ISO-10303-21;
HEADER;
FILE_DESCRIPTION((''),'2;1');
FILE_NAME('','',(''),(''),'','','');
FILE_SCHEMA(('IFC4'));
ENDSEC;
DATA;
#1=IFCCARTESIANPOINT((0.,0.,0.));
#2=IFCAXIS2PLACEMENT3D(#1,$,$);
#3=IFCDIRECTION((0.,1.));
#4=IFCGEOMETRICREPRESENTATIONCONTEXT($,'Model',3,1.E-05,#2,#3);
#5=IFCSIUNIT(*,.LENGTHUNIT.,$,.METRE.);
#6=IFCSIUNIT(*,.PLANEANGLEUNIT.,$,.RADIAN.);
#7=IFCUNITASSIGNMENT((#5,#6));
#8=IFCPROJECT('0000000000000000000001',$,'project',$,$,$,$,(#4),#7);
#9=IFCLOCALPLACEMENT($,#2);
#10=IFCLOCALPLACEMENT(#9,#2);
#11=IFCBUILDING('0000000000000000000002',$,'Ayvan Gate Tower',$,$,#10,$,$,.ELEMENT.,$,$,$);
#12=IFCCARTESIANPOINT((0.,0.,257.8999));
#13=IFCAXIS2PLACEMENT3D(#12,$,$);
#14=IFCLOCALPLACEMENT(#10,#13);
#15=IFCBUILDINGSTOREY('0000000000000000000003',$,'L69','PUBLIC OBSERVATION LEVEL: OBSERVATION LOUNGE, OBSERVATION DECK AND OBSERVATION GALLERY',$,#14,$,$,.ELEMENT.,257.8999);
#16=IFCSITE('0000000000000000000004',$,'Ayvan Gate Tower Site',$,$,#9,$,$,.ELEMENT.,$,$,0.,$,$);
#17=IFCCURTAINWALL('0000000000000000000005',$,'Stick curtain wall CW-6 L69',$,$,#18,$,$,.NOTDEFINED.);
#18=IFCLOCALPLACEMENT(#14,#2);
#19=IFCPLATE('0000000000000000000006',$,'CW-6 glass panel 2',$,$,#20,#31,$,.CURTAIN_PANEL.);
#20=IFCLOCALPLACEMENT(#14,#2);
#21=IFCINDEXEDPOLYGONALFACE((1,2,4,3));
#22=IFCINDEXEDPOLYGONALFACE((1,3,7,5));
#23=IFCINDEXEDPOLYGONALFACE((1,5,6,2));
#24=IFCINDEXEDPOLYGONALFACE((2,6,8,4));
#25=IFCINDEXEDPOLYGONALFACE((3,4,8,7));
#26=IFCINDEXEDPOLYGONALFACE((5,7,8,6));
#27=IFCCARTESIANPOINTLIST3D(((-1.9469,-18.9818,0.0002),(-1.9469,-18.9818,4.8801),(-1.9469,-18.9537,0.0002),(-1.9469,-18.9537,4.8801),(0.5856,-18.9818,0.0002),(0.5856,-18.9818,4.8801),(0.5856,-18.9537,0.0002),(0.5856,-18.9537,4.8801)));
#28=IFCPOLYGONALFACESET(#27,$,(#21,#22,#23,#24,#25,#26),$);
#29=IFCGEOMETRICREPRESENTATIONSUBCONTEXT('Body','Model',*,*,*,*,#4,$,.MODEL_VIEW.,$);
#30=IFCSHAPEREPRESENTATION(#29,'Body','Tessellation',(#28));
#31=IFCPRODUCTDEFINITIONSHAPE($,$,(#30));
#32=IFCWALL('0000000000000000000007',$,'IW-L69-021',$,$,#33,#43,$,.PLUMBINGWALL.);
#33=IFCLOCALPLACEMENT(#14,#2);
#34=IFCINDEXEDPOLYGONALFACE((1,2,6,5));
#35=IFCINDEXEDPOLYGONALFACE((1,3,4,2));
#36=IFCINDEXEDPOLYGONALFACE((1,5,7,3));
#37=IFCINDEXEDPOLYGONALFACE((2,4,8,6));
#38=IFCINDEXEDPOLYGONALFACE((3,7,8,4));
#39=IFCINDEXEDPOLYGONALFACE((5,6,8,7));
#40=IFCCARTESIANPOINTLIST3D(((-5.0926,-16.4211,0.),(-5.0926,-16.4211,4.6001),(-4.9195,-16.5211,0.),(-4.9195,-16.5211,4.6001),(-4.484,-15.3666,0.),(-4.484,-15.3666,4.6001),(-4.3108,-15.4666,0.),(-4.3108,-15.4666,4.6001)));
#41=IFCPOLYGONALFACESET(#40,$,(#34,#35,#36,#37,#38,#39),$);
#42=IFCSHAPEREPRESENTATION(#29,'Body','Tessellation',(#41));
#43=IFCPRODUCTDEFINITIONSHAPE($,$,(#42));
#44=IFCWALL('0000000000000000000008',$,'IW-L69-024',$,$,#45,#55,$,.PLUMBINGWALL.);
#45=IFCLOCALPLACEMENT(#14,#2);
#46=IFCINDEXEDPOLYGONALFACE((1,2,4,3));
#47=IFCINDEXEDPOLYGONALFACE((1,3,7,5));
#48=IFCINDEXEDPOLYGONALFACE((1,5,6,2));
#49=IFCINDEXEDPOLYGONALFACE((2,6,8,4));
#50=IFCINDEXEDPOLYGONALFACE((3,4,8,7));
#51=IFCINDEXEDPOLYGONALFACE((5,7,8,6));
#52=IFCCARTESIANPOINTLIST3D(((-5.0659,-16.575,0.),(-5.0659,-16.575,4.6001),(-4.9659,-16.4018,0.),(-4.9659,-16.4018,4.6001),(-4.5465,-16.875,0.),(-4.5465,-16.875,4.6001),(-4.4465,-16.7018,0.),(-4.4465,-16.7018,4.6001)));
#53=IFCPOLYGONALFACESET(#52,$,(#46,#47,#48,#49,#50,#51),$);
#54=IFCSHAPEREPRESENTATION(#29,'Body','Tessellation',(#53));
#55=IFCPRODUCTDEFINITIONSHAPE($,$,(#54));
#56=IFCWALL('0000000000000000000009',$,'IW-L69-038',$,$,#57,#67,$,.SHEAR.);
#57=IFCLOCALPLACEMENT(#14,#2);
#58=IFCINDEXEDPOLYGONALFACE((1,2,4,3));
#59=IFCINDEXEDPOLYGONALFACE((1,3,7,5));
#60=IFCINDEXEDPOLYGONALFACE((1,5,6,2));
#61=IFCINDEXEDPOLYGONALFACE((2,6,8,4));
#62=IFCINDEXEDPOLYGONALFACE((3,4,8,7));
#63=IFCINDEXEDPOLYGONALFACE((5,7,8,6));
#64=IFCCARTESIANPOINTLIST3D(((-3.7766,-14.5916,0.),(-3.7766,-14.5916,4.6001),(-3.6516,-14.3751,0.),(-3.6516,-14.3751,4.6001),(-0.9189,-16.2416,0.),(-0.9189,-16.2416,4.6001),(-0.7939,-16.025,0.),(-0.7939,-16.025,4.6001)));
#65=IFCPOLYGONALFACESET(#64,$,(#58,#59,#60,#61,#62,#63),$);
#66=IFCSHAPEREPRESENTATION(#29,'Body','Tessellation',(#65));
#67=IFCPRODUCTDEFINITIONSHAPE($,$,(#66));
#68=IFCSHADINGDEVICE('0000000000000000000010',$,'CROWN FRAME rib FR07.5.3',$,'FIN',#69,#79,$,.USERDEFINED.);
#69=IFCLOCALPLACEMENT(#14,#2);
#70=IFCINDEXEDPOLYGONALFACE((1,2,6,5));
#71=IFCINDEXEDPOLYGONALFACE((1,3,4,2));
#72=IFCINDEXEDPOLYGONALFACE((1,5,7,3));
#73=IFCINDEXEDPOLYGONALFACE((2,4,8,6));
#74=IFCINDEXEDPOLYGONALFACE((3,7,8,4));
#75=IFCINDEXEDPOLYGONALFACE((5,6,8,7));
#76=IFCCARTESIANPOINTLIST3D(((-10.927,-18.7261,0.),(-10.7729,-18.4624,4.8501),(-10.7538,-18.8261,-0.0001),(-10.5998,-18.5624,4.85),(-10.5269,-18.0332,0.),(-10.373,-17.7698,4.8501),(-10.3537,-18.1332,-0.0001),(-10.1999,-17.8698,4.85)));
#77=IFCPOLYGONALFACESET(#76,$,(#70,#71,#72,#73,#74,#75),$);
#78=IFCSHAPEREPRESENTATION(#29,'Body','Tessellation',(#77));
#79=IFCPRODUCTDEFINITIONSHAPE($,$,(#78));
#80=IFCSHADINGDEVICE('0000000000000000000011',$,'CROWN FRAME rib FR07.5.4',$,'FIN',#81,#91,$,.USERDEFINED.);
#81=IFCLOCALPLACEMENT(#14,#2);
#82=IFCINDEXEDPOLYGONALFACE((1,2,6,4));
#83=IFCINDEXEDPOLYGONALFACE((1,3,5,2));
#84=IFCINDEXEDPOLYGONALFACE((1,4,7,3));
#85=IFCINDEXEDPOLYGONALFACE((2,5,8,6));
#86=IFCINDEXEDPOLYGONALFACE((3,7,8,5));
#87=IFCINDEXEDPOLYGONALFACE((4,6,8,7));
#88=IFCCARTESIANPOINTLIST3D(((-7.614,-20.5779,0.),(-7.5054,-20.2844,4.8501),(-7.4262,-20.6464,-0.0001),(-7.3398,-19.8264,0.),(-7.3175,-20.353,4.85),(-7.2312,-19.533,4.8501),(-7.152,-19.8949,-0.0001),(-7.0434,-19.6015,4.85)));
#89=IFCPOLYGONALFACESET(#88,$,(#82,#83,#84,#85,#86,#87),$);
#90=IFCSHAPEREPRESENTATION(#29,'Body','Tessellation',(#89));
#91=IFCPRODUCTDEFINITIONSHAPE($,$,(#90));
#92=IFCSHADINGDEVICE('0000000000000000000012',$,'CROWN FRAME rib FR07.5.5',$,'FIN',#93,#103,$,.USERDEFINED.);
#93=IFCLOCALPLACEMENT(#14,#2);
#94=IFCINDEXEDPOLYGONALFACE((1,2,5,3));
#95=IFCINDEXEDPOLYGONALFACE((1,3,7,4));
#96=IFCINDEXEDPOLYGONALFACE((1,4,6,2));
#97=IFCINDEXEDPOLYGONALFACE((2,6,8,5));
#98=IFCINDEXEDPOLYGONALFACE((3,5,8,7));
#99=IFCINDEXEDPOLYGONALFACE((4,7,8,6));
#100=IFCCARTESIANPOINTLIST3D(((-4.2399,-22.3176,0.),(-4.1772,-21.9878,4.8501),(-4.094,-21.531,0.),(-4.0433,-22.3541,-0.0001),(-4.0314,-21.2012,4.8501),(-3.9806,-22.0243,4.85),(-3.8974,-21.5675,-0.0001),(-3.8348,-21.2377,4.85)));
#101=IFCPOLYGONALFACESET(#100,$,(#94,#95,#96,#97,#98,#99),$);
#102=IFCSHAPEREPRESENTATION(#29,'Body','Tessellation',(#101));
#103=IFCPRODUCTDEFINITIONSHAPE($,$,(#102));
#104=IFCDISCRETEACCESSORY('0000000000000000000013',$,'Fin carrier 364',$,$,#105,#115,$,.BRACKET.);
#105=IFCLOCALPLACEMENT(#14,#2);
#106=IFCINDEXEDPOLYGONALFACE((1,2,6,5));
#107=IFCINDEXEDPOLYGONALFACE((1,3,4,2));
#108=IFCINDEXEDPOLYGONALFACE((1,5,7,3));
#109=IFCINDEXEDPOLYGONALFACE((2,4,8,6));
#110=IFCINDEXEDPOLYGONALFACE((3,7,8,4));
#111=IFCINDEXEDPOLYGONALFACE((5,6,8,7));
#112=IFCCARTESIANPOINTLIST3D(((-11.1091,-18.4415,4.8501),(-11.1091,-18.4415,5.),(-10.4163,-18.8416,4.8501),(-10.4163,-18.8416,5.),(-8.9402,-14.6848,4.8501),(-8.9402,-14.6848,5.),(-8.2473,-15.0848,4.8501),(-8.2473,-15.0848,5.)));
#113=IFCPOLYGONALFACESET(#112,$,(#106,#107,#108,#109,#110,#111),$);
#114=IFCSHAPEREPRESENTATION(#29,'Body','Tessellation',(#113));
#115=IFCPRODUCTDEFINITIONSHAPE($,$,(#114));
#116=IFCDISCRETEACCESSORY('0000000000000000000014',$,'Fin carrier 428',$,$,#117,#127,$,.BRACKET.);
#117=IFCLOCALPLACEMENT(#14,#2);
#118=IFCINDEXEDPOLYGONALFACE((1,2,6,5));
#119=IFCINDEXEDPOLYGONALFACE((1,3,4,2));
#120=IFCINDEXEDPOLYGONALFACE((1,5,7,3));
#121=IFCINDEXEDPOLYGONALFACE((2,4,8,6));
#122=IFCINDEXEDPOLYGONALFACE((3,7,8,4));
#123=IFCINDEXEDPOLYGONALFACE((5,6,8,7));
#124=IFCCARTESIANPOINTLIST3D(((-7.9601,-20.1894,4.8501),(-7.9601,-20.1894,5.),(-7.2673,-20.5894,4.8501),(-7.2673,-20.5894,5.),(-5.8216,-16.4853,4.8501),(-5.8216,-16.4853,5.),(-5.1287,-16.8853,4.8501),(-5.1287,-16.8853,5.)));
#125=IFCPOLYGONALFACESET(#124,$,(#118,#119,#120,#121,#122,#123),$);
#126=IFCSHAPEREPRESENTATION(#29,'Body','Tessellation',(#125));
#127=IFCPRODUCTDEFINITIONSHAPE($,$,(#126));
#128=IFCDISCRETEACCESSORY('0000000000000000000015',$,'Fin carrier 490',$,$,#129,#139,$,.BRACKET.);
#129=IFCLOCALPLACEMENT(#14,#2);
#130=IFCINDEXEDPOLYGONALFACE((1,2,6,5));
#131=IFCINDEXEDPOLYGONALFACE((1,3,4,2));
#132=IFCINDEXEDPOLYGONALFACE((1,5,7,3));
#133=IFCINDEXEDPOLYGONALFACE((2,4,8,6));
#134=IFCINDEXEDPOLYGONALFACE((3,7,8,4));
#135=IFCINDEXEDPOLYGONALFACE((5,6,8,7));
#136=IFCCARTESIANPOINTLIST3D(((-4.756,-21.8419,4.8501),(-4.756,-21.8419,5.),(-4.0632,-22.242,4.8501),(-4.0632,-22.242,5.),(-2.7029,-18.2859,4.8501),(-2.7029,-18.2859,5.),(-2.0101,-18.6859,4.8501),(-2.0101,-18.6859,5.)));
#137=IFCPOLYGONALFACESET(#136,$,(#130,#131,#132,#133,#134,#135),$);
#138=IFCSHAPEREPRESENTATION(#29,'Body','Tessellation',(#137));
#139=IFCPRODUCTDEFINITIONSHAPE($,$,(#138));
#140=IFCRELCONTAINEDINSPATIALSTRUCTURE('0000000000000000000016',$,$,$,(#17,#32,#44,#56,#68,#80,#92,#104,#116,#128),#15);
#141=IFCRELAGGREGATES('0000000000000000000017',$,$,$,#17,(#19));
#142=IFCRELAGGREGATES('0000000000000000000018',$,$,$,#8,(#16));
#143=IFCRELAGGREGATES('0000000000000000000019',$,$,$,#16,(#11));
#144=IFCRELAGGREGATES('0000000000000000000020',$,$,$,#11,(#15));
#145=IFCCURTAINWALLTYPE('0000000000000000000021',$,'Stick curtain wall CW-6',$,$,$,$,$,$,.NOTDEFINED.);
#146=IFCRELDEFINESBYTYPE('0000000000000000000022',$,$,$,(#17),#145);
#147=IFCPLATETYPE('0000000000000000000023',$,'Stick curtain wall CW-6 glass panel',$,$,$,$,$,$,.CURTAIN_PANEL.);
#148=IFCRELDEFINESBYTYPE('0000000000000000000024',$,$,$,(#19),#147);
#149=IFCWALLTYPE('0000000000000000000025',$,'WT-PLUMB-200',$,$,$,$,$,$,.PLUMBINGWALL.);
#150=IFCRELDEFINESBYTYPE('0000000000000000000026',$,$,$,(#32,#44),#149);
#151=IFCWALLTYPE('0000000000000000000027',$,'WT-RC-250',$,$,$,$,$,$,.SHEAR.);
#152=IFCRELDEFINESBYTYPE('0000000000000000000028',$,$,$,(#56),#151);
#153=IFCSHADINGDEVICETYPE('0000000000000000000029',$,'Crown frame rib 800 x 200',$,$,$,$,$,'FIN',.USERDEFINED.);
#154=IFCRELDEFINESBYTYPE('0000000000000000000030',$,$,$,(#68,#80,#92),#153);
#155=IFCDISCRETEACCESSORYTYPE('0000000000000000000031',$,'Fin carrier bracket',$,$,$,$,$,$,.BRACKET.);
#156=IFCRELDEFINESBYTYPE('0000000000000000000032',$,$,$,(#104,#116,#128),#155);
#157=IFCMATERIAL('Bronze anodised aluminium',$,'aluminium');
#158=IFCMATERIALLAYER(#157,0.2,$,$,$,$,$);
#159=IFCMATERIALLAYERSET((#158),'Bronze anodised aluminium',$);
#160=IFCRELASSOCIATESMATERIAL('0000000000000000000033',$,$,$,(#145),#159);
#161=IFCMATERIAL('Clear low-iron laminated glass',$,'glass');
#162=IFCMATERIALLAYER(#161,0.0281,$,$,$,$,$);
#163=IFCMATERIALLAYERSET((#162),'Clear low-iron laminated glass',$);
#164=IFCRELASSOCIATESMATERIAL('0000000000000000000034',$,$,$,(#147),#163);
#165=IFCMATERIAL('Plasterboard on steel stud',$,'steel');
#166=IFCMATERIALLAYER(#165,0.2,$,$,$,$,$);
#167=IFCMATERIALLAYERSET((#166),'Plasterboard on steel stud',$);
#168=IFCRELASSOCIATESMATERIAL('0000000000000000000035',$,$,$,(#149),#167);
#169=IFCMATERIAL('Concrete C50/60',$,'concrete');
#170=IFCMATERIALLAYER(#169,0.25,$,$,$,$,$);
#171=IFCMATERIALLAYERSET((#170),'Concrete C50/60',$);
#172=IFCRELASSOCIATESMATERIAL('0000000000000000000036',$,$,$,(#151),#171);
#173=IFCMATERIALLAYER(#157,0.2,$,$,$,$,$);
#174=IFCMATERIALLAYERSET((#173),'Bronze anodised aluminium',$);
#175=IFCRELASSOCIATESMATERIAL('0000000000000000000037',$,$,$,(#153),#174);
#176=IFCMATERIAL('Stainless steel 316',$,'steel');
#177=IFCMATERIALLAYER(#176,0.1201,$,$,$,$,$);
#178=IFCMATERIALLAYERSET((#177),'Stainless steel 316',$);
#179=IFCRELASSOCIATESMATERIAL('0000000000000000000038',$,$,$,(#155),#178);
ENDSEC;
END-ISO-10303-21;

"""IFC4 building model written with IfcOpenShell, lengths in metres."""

from ifc_helpers import new_model, si_unit, direction, frame, frame_2d, origin, origin_2d, place, context, subcontext, project, spatial, polyline, rectangle, outline, extrude, material, layer, layer_set, type_object, element, aggregate, save


model = new_model("IFC4")

# Units and contexts
model_context = context("Model", 3, precision=1e-05, world=origin(), true_north=direction((0.0, 1.0)))
body_context = subcontext(model_context, "Body", "Model", "MODEL_VIEW")
ifc_project = project(units=[si_unit("LENGTHUNIT", "METRE"), si_unit("PLANEANGLEUNIT", "RADIAN")], contexts=[model_context])

# Site, building, storey
site_placement = place(None, origin())
site = spatial("IfcSite", under=ifc_project, at=site_placement, Name="Ayvan Gate Tower Site", CompositionType="ELEMENT", RefElevation=0.0)
building_placement = place(site_placement, origin())
building = spatial("IfcBuilding", under=site, at=building_placement, Name="Ayvan Gate Tower", CompositionType="ELEMENT")
storey_placement = place(building_placement, frame((0.0, 0.0, 257.8999)))
storey = spatial("IfcBuildingStorey", under=building, at=storey_placement, Name="L69", Description="PUBLIC OBSERVATION LEVEL: OBSERVATION LOUNGE, OBSERVATION DECK AND OBSERVATION GALLERY", CompositionType="ELEMENT", Elevation=257.8999)

# Shared definitions
ifc_material_1 = material(Name="Concrete C50/60", Category="concrete")

# Curtain wall
ifc_material_2 = material(Name="Bronze anodised aluminium", Category="aluminium")
ifc_layer_1 = layer(ifc_material_2, 0.2)
ifc_layer_set_1 = layer_set([ifc_layer_1], Name="Bronze anodised aluminium")
curtain_wall_type_1 = type_object("IfcCurtainWallType", Name="Stick curtain wall CW-6", PredefinedType="NOTDEFINED", material=ifc_layer_set_1)
curtain_wall_1_placement = place(storey_placement, origin())
curtain_wall_1 = element("IfcCurtainWall", 1, at=curtain_wall_1_placement, inside=storey, type_object=curtain_wall_type_1, Name="Stick curtain wall CW-6 L69", PredefinedType="NOTDEFINED")

# Plate
ifc_material_3 = material(Name="Clear low-iron laminated glass", Category="glass")
ifc_layer_2 = layer(ifc_material_3, 0.0281)
ifc_layer_set_2 = layer_set([ifc_layer_2], Name="Clear low-iron laminated glass")
plate_type_1 = type_object("IfcPlateType", Name="Stick curtain wall CW-6 glass panel", PredefinedType="CURTAIN_PANEL", material=ifc_layer_set_2)
plate_1_placement = place(storey_placement, frame((-0.6807, -18.9678, 0.0002), z_axis=(0.0, 0.0, 1.0), x_axis=(1.0, 0.0, 0.0)))
plate_1 = element("IfcPlate", 2, at=plate_1_placement, type_object=plate_type_1, Name="CW-6 glass panel 2", PredefinedType="CURTAIN_PANEL", context=body_context, shape_type="SweptSolid", body=[
    extrude(rectangle(XDim=2.5325, YDim=0.0281, at=origin_2d()), origin(), (0.0, 0.0, 1.0), 4.8799),
])
aggregate(curtain_wall_1, [plate_1])

# Walls
ifc_material_4 = material(Name="Plasterboard on steel stud", Category="steel")
ifc_layer_3 = layer(ifc_material_4, 0.2)
ifc_layer_set_3 = layer_set([ifc_layer_3], Name="Plasterboard on steel stud")
wall_type_1 = type_object("IfcWallType", Name="WT-PLUMB-200", PredefinedType="PLUMBINGWALL", material=ifc_layer_set_3)
wall_1_placement = place(storey_placement, frame((-5.0061, -16.4712, 0.0), z_axis=(0.0, 0.0, 1.0), x_axis=(0.499913, 0.866075, 0.0)))
element("IfcWall", 3, at=wall_1_placement, inside=storey, type_object=wall_type_1, Name="IW-L69-021", PredefinedType="PLUMBINGWALL", context=body_context, shape_type="SweptSolid", body=[
    extrude(rectangle(XDim=1.2175, YDim=0.2, at=frame_2d((0.6089, 0.0))), origin(), (0.0, 0.0, 1.0), 4.6001),
])
wall_2_placement = place(storey_placement, frame((-4.4966, -16.7883, 0.0), z_axis=(0.0, 0.0, 1.0), x_axis=(-0.865955, 0.500122, 0.0)))
element("IfcWall", 4, at=wall_2_placement, inside=storey, type_object=wall_type_1, Name="IW-L69-024", PredefinedType="PLUMBINGWALL", context=body_context, shape_type="SweptSolid", body=[
    extrude(rectangle(XDim=0.5999, YDim=0.2, at=frame_2d((0.2998, 0.0))), origin(), (0.0, 0.0, 1.0), 4.6001),
])
ifc_layer_4 = layer(ifc_material_1, 0.25)
ifc_layer_set_4 = layer_set([ifc_layer_4], Name="Concrete C50/60")
wall_type_2 = type_object("IfcWallType", Name="WT-RC-250", PredefinedType="SHEAR", material=ifc_layer_set_4)
wall_3_placement = place(storey_placement, frame((-0.8564, -16.1333, 0.0), z_axis=(0.0, 0.0, 1.0), x_axis=(-0.866022, 0.500006, 0.0)))
element("IfcWall", 5, at=wall_3_placement, inside=storey, type_object=wall_type_2, Name="IW-L69-038", PredefinedType="SHEAR", context=body_context, shape_type="SweptSolid", body=[
    extrude(rectangle(XDim=3.2998, YDim=0.25, at=frame_2d((1.6499, 0.0))), origin(), (0.0, 0.0, 1.0), 4.6001),
])

# Shading devices
ifc_layer_5 = layer(ifc_material_2, 0.2)
ifc_layer_set_5 = layer_set([ifc_layer_5], Name="Bronze anodised aluminium")
shading_device_type = type_object("IfcShadingDeviceType", Name="Crown frame rib 800 x 200", ElementType="FIN", PredefinedType="USERDEFINED", material=ifc_layer_set_5)
shading_device_1_placement = place(storey_placement, frame((-10.5269, -18.0332, 0.0), z_axis=(-0.86599, 0.500061, 0.000312), x_axis=(-0.500061, -0.86599, 0.0)))
element("IfcShadingDevice", 6, at=shading_device_1_placement, inside=storey, type_object=shading_device_type, Name="CROWN FRAME rib FR07.5.3", ObjectType="FIN", PredefinedType="USERDEFINED", context=body_context, shape_type="SweptSolid", body=[
    extrude(outline(polyline([(0.0, 0.0), (0.8001, 0.0), (0.4947, 4.8501), (-0.305, 4.8501), (0.0, 0.0)])), origin(), (0.0, 0.0, -1.0), 0.2),
])
shading_device_2_placement = place(storey_placement, frame((-7.3398, -19.8264, 0.0), z_axis=(-0.939427, 0.342748, 0.000305), x_axis=(-0.342748, -0.939428, 0.0)))
element("IfcShadingDevice", 7, at=shading_device_2_placement, inside=storey, type_object=shading_device_type, Name="CROWN FRAME rib FR07.5.4", ObjectType="FIN", PredefinedType="USERDEFINED", context=body_context, shape_type="SweptSolid", body=[
    extrude(outline(polyline([(0.0, 0.0), (0.7999, 0.0), (0.487, 4.8501), (-0.3129, 4.8501), (0.0, 0.0)])), origin(), (0.0, 0.0, -1.0), 0.2),
])
shading_device_3_placement = place(storey_placement, frame((-4.094, -21.531, 0.0), z_axis=(-0.983236, 0.182335, 0.000295), x_axis=(-0.182335, -0.983236, 0.0)))
element("IfcShadingDevice", 8, at=shading_device_3_placement, inside=storey, type_object=shading_device_type, Name="CROWN FRAME rib FR07.5.5", ObjectType="FIN", PredefinedType="USERDEFINED", context=body_context, shape_type="SweptSolid", body=[
    extrude(outline(polyline([(0.0, 0.0), (0.8001, 0.0), (0.4643, 4.8501), (-0.3357, 4.8501), (0.0, 0.0)])), origin(), (0.0, 0.0, -1.0), 0.2),
])

# Discrete accessories
ifc_material_5 = material(Name="Stainless steel 316", Category="steel")
ifc_layer_6 = layer(ifc_material_5, 0.1201)
ifc_layer_set_6 = layer_set([ifc_layer_6], Name="Stainless steel 316")
discrete_accessory_type = type_object("IfcDiscreteAccessoryType", Name="Fin carrier bracket", PredefinedType="BRACKET", material=ifc_layer_set_6)
discrete_accessory_1_placement = place(storey_placement, frame((-9.6782, -16.7632, 4.8501), z_axis=(0.0, 0.0, 1.0), x_axis=(0.866025, -0.5, 0.0)))
element("IfcDiscreteAccessory", 9, at=discrete_accessory_1_placement, inside=storey, type_object=discrete_accessory_type, Name="Fin carrier 364", PredefinedType="BRACKET", context=body_context, shape_type="SweptSolid", body=[
    extrude(rectangle(XDim=0.8, YDim=4.3379, at=origin_2d()), origin(), (0.0, 0.0, 1.0), 0.1499),
])
discrete_accessory_2_placement = place(storey_placement, frame((-6.5444, -18.5374, 4.8501), z_axis=(0.0, 0.0, 1.0), x_axis=(0.866025, -0.5, 0.0)))
element("IfcDiscreteAccessory", 10, at=discrete_accessory_2_placement, inside=storey, type_object=discrete_accessory_type, Name="Fin carrier 428", PredefinedType="BRACKET", context=body_context, shape_type="SweptSolid", body=[
    extrude(rectangle(XDim=0.8, YDim=4.2771, at=origin_2d()), origin(), (0.0, 0.0, 1.0), 0.1499),
])
discrete_accessory_3_placement = place(storey_placement, frame((-3.3831, -20.2639, 4.8501), z_axis=(0.0, 0.0, 1.0), x_axis=(0.866025, -0.5, 0.0)))
element("IfcDiscreteAccessory", 11, at=discrete_accessory_3_placement, inside=storey, type_object=discrete_accessory_type, Name="Fin carrier 490", PredefinedType="BRACKET", context=body_context, shape_type="SweptSolid", body=[
    extrude(rectangle(XDim=0.8, YDim=4.1062, at=origin_2d()), origin(), (0.0, 0.0, 1.0), 0.1499),
])

save(model, "model.ifc")
